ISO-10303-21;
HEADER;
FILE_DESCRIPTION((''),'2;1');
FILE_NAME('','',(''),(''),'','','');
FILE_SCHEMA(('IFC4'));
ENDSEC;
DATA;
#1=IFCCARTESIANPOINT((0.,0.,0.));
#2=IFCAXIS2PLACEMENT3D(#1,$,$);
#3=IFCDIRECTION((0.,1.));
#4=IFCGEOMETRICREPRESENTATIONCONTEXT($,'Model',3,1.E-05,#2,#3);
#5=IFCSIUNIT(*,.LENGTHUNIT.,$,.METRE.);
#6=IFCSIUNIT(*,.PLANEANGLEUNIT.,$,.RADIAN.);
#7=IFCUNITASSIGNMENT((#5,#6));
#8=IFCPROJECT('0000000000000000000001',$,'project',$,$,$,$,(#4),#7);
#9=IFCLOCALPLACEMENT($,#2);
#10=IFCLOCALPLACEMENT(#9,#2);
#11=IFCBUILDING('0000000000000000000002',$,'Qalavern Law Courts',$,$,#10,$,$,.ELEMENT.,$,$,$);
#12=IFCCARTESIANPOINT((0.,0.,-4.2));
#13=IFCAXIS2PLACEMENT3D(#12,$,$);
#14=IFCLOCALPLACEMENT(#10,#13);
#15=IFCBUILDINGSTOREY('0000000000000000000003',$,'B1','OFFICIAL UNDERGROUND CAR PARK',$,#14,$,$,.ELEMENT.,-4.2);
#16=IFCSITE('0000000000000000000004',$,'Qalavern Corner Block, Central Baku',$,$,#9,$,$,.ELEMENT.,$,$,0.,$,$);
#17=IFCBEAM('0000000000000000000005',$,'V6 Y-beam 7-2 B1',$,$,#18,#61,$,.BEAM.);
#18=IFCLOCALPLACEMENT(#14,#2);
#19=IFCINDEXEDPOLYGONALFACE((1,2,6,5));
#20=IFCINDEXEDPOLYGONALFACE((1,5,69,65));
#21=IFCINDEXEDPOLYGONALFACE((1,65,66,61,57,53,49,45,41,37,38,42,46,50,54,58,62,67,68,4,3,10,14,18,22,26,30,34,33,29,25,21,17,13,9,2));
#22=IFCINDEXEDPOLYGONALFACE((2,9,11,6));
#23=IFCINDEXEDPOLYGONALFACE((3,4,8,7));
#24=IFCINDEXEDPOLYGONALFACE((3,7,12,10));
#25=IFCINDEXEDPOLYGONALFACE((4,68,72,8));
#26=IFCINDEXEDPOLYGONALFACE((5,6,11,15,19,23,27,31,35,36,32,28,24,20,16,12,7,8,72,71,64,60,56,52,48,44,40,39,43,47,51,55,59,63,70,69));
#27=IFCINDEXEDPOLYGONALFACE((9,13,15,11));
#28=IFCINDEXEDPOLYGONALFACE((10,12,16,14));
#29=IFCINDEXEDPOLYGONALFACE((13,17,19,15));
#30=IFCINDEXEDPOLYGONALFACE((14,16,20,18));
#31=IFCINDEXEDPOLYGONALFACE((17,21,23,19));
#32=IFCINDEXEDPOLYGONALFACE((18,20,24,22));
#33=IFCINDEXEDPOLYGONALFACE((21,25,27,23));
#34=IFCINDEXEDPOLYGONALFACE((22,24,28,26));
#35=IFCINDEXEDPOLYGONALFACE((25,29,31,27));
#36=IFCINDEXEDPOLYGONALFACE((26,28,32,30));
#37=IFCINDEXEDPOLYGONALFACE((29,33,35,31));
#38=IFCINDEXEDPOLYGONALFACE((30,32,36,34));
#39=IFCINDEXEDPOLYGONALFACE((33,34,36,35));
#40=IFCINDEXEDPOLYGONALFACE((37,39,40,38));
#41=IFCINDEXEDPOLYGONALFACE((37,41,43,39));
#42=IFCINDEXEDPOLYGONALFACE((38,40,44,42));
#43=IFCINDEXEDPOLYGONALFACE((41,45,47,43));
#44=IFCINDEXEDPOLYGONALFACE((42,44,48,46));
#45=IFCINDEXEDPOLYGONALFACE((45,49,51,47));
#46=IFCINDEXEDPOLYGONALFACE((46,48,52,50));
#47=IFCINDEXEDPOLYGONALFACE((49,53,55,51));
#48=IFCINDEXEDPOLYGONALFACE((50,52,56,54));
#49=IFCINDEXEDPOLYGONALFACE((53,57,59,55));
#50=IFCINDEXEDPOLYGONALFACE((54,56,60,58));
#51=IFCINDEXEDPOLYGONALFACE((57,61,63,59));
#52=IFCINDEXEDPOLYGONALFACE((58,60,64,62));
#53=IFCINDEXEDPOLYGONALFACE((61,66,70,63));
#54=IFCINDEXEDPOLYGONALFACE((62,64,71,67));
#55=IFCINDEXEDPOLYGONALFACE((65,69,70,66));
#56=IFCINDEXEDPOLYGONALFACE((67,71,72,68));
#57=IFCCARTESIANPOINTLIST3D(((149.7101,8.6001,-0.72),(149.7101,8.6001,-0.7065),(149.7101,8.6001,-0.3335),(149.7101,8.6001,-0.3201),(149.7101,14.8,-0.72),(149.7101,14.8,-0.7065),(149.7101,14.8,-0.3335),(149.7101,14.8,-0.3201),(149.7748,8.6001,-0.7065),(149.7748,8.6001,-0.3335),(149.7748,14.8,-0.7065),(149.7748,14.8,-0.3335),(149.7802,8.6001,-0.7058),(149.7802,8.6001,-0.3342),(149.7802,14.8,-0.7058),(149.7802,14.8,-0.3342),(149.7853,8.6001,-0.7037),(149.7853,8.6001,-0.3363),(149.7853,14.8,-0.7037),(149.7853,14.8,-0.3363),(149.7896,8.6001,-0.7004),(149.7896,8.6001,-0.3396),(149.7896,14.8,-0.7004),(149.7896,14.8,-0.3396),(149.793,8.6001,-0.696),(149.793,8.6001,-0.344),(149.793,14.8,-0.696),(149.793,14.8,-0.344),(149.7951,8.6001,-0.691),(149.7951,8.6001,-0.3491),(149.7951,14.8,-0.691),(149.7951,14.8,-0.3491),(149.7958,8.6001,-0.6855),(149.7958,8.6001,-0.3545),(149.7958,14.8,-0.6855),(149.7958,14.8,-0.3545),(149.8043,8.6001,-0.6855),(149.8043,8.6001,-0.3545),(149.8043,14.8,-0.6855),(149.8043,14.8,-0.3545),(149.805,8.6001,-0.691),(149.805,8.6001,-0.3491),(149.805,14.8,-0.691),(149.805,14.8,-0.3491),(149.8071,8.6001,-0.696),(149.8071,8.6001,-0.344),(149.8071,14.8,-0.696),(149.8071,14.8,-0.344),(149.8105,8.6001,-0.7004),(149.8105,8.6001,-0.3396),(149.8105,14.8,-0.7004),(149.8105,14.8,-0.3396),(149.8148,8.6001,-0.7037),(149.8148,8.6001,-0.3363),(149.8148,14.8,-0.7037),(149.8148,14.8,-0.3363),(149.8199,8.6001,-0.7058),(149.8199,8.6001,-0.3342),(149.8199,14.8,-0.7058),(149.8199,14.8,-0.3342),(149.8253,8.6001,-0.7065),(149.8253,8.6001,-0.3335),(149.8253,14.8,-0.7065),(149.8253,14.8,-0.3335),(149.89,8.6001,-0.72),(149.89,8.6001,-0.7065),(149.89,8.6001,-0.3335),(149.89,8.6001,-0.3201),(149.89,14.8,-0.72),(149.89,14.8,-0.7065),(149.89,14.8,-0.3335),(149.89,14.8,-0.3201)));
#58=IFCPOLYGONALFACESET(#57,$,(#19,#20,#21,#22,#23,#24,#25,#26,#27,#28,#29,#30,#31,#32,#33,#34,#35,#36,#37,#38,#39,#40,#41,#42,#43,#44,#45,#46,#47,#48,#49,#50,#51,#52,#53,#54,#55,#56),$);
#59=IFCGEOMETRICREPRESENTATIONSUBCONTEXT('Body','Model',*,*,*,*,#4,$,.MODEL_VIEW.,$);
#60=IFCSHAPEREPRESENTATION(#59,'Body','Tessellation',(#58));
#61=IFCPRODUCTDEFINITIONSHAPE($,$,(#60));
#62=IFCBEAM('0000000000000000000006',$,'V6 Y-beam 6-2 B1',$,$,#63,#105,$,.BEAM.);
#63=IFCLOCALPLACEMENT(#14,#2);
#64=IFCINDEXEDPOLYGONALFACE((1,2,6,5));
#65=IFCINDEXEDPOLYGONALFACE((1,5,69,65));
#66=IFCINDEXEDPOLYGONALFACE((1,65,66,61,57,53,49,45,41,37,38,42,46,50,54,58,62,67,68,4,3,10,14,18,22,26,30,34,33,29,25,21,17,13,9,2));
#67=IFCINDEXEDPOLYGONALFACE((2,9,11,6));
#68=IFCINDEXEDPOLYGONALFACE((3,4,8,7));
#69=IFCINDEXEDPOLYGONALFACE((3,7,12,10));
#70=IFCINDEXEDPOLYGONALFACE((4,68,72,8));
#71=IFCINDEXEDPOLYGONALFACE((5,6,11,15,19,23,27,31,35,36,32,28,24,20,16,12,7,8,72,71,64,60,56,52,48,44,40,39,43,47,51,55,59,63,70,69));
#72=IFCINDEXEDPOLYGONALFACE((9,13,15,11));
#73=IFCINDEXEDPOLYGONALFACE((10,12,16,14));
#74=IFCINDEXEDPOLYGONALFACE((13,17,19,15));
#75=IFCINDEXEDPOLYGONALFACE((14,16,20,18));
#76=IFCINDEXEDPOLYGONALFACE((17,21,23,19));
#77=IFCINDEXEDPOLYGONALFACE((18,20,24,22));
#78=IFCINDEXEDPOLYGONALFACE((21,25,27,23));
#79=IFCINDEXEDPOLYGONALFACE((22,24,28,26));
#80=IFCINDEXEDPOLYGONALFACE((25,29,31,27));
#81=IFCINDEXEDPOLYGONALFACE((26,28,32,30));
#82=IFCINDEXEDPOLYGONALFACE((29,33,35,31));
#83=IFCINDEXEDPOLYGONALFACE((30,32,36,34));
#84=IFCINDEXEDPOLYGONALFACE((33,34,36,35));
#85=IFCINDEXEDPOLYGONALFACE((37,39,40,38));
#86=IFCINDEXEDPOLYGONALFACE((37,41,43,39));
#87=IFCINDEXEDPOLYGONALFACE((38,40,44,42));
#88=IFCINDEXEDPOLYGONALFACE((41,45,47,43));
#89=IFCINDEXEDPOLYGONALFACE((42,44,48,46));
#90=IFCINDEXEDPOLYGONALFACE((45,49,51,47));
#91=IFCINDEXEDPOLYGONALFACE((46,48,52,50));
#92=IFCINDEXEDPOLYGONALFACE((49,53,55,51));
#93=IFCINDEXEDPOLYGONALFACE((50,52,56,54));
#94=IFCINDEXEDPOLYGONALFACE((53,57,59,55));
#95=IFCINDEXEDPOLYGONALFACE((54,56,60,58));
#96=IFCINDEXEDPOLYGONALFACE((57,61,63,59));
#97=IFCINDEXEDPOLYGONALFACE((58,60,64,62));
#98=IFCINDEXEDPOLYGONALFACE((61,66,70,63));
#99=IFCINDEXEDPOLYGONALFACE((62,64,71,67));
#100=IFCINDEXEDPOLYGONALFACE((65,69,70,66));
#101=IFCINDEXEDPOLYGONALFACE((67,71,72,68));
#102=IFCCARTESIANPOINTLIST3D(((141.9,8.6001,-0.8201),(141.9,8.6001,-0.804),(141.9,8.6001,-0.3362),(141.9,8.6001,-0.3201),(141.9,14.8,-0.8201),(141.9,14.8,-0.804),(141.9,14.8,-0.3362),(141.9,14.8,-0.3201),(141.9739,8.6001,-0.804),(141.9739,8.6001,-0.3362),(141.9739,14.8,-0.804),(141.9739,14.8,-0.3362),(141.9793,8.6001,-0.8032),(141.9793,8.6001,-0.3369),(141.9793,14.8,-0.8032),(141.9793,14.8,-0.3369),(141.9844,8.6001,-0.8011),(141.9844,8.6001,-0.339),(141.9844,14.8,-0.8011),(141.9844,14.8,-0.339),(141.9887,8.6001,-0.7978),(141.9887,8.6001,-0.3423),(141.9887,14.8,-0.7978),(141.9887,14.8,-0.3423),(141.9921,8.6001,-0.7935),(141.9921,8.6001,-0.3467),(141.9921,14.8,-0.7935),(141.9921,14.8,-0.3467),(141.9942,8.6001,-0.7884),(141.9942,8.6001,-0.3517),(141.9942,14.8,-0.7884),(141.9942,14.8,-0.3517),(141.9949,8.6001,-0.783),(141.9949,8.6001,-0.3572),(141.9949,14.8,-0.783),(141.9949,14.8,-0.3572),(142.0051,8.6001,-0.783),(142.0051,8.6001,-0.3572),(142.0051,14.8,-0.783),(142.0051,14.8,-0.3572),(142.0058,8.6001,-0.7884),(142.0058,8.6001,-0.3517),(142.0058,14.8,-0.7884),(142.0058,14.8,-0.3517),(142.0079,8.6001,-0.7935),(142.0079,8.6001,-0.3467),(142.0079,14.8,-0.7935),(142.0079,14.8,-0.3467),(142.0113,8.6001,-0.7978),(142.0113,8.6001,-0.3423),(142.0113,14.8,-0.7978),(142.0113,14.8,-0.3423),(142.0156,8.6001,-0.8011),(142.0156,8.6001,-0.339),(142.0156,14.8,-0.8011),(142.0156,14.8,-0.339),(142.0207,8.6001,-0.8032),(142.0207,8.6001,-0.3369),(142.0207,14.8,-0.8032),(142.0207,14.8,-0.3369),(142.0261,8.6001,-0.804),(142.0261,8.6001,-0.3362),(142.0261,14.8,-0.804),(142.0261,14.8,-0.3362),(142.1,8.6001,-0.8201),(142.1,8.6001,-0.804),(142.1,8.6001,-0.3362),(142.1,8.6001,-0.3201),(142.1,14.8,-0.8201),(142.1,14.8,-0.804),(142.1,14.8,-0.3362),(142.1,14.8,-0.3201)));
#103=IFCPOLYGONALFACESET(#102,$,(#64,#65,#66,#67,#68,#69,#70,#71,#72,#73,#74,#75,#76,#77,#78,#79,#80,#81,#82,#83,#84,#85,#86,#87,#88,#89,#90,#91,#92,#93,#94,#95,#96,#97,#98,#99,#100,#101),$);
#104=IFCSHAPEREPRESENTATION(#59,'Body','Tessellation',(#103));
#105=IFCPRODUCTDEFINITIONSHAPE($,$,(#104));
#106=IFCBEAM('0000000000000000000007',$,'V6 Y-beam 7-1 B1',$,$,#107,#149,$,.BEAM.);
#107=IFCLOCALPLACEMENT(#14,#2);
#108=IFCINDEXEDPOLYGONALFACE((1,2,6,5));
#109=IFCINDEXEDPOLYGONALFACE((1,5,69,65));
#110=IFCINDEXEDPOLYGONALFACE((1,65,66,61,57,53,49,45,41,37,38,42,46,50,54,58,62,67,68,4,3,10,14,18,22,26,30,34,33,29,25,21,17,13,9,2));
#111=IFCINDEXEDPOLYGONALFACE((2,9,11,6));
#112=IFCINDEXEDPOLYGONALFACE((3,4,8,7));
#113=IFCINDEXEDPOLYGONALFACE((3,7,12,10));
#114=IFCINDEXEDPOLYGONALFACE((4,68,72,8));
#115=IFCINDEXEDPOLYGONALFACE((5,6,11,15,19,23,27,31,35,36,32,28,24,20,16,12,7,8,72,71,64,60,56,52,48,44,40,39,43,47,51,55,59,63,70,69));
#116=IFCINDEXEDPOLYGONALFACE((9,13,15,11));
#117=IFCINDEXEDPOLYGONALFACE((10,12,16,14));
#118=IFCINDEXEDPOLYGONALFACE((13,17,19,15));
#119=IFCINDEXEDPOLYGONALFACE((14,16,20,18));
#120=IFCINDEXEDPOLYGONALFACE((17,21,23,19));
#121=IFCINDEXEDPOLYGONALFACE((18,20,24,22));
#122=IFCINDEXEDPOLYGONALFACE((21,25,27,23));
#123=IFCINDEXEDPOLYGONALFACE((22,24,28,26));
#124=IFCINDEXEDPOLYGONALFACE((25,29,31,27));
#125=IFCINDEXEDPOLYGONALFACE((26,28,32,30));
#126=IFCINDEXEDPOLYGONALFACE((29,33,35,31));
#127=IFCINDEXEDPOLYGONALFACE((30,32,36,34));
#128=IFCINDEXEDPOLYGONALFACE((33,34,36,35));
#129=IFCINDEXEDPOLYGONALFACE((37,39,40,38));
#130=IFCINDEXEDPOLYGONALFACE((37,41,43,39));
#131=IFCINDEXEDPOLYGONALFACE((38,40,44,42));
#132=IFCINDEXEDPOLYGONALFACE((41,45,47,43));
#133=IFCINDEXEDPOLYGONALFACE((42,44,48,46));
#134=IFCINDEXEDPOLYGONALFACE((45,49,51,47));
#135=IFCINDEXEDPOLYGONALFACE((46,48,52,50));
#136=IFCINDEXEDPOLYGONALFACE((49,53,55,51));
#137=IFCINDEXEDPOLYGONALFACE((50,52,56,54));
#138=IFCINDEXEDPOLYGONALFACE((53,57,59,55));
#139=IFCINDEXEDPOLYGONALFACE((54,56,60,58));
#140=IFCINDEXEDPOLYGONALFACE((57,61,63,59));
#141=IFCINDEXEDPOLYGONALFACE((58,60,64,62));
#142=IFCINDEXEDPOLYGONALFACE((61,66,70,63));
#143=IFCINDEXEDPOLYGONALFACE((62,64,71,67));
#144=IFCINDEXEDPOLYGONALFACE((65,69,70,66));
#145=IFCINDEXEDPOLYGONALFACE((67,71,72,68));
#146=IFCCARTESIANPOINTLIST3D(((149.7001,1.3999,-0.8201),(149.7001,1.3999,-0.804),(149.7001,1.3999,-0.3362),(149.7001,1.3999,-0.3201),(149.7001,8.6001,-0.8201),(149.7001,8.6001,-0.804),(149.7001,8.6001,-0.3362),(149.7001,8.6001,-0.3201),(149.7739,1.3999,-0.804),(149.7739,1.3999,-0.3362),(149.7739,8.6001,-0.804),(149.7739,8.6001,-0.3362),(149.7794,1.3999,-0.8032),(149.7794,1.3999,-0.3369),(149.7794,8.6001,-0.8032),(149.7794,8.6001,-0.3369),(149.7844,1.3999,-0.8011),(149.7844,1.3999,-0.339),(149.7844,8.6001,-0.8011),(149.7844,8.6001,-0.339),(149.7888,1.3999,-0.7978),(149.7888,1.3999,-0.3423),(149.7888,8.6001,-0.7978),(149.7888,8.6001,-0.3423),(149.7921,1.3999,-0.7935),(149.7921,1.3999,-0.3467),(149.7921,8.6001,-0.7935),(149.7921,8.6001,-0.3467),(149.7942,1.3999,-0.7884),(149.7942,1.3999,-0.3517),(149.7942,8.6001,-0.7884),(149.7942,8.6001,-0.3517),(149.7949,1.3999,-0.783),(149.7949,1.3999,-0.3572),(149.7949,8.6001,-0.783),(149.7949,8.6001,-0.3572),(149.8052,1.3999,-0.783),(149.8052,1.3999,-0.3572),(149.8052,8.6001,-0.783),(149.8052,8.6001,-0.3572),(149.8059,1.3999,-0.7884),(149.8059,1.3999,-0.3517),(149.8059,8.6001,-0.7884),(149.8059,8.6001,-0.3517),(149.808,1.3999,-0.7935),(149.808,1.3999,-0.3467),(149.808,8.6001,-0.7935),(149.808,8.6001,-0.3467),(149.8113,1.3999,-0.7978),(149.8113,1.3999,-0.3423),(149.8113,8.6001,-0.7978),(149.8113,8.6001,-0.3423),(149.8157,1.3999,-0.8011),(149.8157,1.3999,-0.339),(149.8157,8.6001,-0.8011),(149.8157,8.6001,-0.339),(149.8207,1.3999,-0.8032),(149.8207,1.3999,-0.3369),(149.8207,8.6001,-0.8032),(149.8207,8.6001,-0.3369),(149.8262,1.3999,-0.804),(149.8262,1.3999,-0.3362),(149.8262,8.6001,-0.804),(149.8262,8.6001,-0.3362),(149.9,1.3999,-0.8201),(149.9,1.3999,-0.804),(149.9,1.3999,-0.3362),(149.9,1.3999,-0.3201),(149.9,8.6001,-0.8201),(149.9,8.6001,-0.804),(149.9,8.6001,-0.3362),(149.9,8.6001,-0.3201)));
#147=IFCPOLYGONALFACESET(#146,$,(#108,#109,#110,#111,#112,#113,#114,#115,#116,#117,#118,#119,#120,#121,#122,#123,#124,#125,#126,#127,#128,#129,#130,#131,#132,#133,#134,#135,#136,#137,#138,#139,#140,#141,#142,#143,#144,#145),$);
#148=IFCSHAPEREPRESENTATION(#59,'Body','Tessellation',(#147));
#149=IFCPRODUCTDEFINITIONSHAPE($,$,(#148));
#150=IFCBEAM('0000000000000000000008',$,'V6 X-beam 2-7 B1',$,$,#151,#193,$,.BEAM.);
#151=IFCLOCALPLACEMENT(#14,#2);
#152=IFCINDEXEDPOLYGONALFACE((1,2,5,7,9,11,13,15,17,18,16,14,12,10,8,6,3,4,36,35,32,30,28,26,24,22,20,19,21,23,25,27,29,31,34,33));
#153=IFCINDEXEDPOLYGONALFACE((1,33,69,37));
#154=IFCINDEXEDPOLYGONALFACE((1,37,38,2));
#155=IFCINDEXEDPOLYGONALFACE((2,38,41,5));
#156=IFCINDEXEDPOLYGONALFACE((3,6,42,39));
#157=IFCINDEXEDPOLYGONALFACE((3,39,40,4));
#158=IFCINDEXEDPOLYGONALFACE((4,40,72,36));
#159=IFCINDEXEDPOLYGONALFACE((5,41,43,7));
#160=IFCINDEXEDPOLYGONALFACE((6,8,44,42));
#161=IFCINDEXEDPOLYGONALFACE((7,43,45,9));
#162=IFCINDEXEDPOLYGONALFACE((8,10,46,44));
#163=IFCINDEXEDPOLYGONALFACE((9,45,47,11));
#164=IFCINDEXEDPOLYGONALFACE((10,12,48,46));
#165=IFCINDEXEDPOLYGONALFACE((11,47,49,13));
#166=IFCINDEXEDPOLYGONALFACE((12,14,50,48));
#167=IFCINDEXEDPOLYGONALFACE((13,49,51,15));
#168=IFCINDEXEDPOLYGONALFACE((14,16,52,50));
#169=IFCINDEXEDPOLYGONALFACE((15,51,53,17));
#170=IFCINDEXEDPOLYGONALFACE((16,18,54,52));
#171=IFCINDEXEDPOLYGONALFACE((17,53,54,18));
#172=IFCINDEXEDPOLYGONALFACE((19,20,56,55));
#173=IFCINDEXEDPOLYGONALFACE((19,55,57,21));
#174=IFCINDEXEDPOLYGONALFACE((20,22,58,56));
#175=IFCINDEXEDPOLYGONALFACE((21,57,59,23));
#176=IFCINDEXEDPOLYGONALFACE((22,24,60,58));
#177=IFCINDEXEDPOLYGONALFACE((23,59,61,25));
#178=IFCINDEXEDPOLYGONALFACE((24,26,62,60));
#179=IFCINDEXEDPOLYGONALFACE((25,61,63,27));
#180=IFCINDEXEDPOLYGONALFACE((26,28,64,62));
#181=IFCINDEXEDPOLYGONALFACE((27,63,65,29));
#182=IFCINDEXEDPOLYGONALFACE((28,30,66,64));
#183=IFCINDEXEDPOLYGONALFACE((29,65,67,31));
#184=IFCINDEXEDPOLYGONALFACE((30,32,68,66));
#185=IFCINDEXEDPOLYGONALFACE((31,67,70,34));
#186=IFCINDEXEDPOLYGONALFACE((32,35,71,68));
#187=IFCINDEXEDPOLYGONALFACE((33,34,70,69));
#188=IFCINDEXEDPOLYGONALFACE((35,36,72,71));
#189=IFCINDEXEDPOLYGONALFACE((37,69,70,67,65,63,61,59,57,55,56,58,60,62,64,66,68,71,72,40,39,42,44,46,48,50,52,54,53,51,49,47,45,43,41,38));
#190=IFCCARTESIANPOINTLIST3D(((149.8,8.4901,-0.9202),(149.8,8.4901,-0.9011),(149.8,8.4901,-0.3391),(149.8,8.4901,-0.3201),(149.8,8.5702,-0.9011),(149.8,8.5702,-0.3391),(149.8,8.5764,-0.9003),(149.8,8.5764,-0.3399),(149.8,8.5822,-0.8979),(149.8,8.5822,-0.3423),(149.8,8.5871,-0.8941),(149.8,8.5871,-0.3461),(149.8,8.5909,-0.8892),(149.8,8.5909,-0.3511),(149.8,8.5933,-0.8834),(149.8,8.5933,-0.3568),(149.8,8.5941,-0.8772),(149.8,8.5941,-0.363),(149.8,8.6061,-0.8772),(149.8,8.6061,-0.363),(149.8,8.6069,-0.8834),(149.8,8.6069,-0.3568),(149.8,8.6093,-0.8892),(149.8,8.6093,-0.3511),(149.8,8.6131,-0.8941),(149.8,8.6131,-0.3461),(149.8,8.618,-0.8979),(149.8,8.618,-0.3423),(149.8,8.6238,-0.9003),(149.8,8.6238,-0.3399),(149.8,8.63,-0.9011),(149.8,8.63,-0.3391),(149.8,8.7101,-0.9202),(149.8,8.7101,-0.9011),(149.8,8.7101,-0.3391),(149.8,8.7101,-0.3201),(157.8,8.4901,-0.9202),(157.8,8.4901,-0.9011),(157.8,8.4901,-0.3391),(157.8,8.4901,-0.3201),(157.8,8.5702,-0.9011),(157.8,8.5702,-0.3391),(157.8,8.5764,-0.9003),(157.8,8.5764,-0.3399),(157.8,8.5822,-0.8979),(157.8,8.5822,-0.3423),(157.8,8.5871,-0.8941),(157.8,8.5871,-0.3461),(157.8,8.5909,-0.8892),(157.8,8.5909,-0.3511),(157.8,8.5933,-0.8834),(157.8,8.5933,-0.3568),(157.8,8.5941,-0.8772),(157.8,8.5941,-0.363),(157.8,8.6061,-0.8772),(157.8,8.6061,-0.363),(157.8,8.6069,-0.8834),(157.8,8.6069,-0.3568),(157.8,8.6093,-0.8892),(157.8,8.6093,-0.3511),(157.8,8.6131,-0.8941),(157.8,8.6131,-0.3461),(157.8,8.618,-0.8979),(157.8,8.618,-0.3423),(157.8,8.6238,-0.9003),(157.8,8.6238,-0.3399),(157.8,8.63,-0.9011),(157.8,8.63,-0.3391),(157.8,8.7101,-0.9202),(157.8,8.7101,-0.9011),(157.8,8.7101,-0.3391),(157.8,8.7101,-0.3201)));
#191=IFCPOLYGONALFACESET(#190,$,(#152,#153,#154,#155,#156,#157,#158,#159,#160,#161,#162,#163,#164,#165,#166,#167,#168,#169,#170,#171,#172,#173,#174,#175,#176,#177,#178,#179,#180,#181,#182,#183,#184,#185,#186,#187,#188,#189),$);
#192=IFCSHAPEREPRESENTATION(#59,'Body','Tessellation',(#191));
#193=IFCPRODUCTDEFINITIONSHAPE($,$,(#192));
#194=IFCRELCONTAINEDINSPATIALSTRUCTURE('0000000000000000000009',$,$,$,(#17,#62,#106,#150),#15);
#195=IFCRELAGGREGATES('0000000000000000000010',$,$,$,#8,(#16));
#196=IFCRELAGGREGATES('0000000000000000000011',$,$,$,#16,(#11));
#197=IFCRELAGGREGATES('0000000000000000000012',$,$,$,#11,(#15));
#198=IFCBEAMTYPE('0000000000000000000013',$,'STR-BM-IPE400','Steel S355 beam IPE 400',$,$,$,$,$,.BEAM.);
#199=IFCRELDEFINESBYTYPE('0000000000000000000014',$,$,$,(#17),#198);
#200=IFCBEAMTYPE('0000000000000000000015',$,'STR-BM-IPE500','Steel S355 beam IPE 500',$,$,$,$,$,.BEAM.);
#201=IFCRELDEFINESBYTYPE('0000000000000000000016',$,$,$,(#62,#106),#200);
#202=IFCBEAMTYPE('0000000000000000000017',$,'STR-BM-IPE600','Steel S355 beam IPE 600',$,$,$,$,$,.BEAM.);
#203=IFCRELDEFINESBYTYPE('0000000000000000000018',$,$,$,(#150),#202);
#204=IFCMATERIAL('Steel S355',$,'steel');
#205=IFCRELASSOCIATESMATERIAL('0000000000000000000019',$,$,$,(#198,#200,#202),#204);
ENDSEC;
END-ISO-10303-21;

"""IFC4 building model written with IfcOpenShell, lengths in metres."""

from ifc_helpers import new_model, si_unit, direction, frame, origin, origin_2d, place, context, subcontext, project, spatial, i_section, extrude, material, material_profile, profile_set, type_object, element, save


model = new_model("IFC4")

# Units and contexts
model_context = context("Model", 3, precision=1e-05, world=origin(), true_north=direction((0.0, 1.0)))
body_context = subcontext(model_context, "Body", "Model", "MODEL_VIEW")
ifc_project = project(units=[si_unit("LENGTHUNIT", "METRE"), si_unit("PLANEANGLEUNIT", "RADIAN")], contexts=[model_context])

# Site, building, storey
site_placement = place(None, origin())
site = spatial("IfcSite", under=ifc_project, at=site_placement, Name="Qalavern Corner Block, Central Baku", CompositionType="ELEMENT", RefElevation=0.0)
building_placement = place(site_placement, origin())
building = spatial("IfcBuilding", under=site, at=building_placement, Name="Qalavern Law Courts", CompositionType="ELEMENT")
storey_placement = place(building_placement, frame((0.0, 0.0, -4.2)))
storey = spatial("IfcBuildingStorey", under=building, at=storey_placement, Name="B1", Description="OFFICIAL UNDERGROUND CAR PARK", CompositionType="ELEMENT", Elevation=-4.2)

# Beams
ifc_material_1 = material(Name="Steel S355", Category="steel")
ifc_material_profile_1 = material_profile(ifc_material_1, i_section(OverallWidth=0.1799, OverallDepth=0.3999, WebThickness=0.0085, FlangeThickness=0.0134, FilletRadius=0.021, at=origin_2d()), Name="IPE 400")
ifc_profile_set_1 = profile_set([ifc_material_profile_1], Name="Steel S355")
beam_type_1 = type_object("IfcBeamType", Name="STR-BM-IPE400", Description="Steel S355 beam IPE 400", PredefinedType="BEAM", material=ifc_profile_set_1)
beam_1_placement = place(storey_placement, frame((149.8, 8.6001, -0.52), z_axis=(0.0, 1.0, 0.0), x_axis=(-1.0, 0.0, 0.0)))
element("IfcBeam", 1, at=beam_1_placement, inside=storey, type_object=beam_type_1, Name="V6 Y-beam 7-2 B1", PredefinedType="BEAM", context=body_context, shape_type="SweptSolid", body=[
    extrude(i_section(OverallWidth=0.1799, OverallDepth=0.3999, WebThickness=0.0085, FlangeThickness=0.0134, FilletRadius=0.021, at=origin_2d()), origin(), (0.0, 0.0, 1.0), 6.2),
])
ifc_material_profile_2 = material_profile(ifc_material_1, i_section(OverallWidth=0.2, OverallDepth=0.5, WebThickness=0.0103, FlangeThickness=0.0161, FilletRadius=0.021, at=origin_2d()), Name="IPE 500")
ifc_profile_set_2 = profile_set([ifc_material_profile_2], Name="Steel S355")
beam_type_2 = type_object("IfcBeamType", Name="STR-BM-IPE500", Description="Steel S355 beam IPE 500", PredefinedType="BEAM", material=ifc_profile_set_2)
beam_2_placement = place(storey_placement, frame((142.0, 8.6001, -0.5701), z_axis=(0.0, 1.0, 0.0), x_axis=(-1.0, 0.0, 0.0)))
element("IfcBeam", 2, at=beam_2_placement, inside=storey, type_object=beam_type_2, Name="V6 Y-beam 6-2 B1", PredefinedType="BEAM", context=body_context, shape_type="SweptSolid", body=[
    extrude(i_section(OverallWidth=0.2, OverallDepth=0.5, WebThickness=0.0103, FlangeThickness=0.0161, FilletRadius=0.021, at=origin_2d()), origin(), (0.0, 0.0, 1.0), 6.2),
])
beam_3_placement = place(storey_placement, frame((149.8, 1.3999, -0.5701), z_axis=(0.0, 1.0, 0.0), x_axis=(-1.0, 0.0, 0.0)))
element("IfcBeam", 3, at=beam_3_placement, inside=storey, type_object=beam_type_2, Name="V6 Y-beam 7-1 B1", PredefinedType="BEAM", context=body_context, shape_type="SweptSolid", body=[
    extrude(i_section(OverallWidth=0.2, OverallDepth=0.5, WebThickness=0.0103, FlangeThickness=0.0161, FilletRadius=0.021, at=origin_2d()), origin(), (0.0, 0.0, 1.0), 7.2002),
])
ifc_material_profile_3 = material_profile(ifc_material_1, i_section(OverallWidth=0.22, OverallDepth=0.6001, WebThickness=0.012, FlangeThickness=0.019, FilletRadius=0.0239, at=origin_2d()), Name="IPE 600")
ifc_profile_set_3 = profile_set([ifc_material_profile_3], Name="Steel S355")
beam_type_3 = type_object("IfcBeamType", Name="STR-BM-IPE600", Description="Steel S355 beam IPE 600", PredefinedType="BEAM", material=ifc_profile_set_3)
beam_4_placement = place(storey_placement, frame((149.8, 8.6001, -0.6201), z_axis=(1.0, 0.0, 0.0), x_axis=(0.0, 1.0, 0.0)))
element("IfcBeam", 4, at=beam_4_placement, inside=storey, type_object=beam_type_3, Name="V6 X-beam 2-7 B1", PredefinedType="BEAM", context=body_context, shape_type="SweptSolid", body=[
    extrude(i_section(OverallWidth=0.22, OverallDepth=0.6001, WebThickness=0.012, FlangeThickness=0.019, FilletRadius=0.0239, at=origin_2d()), origin(), (0.0, 0.0, 1.0), 8.0),
])

save(model, "model.ifc")
